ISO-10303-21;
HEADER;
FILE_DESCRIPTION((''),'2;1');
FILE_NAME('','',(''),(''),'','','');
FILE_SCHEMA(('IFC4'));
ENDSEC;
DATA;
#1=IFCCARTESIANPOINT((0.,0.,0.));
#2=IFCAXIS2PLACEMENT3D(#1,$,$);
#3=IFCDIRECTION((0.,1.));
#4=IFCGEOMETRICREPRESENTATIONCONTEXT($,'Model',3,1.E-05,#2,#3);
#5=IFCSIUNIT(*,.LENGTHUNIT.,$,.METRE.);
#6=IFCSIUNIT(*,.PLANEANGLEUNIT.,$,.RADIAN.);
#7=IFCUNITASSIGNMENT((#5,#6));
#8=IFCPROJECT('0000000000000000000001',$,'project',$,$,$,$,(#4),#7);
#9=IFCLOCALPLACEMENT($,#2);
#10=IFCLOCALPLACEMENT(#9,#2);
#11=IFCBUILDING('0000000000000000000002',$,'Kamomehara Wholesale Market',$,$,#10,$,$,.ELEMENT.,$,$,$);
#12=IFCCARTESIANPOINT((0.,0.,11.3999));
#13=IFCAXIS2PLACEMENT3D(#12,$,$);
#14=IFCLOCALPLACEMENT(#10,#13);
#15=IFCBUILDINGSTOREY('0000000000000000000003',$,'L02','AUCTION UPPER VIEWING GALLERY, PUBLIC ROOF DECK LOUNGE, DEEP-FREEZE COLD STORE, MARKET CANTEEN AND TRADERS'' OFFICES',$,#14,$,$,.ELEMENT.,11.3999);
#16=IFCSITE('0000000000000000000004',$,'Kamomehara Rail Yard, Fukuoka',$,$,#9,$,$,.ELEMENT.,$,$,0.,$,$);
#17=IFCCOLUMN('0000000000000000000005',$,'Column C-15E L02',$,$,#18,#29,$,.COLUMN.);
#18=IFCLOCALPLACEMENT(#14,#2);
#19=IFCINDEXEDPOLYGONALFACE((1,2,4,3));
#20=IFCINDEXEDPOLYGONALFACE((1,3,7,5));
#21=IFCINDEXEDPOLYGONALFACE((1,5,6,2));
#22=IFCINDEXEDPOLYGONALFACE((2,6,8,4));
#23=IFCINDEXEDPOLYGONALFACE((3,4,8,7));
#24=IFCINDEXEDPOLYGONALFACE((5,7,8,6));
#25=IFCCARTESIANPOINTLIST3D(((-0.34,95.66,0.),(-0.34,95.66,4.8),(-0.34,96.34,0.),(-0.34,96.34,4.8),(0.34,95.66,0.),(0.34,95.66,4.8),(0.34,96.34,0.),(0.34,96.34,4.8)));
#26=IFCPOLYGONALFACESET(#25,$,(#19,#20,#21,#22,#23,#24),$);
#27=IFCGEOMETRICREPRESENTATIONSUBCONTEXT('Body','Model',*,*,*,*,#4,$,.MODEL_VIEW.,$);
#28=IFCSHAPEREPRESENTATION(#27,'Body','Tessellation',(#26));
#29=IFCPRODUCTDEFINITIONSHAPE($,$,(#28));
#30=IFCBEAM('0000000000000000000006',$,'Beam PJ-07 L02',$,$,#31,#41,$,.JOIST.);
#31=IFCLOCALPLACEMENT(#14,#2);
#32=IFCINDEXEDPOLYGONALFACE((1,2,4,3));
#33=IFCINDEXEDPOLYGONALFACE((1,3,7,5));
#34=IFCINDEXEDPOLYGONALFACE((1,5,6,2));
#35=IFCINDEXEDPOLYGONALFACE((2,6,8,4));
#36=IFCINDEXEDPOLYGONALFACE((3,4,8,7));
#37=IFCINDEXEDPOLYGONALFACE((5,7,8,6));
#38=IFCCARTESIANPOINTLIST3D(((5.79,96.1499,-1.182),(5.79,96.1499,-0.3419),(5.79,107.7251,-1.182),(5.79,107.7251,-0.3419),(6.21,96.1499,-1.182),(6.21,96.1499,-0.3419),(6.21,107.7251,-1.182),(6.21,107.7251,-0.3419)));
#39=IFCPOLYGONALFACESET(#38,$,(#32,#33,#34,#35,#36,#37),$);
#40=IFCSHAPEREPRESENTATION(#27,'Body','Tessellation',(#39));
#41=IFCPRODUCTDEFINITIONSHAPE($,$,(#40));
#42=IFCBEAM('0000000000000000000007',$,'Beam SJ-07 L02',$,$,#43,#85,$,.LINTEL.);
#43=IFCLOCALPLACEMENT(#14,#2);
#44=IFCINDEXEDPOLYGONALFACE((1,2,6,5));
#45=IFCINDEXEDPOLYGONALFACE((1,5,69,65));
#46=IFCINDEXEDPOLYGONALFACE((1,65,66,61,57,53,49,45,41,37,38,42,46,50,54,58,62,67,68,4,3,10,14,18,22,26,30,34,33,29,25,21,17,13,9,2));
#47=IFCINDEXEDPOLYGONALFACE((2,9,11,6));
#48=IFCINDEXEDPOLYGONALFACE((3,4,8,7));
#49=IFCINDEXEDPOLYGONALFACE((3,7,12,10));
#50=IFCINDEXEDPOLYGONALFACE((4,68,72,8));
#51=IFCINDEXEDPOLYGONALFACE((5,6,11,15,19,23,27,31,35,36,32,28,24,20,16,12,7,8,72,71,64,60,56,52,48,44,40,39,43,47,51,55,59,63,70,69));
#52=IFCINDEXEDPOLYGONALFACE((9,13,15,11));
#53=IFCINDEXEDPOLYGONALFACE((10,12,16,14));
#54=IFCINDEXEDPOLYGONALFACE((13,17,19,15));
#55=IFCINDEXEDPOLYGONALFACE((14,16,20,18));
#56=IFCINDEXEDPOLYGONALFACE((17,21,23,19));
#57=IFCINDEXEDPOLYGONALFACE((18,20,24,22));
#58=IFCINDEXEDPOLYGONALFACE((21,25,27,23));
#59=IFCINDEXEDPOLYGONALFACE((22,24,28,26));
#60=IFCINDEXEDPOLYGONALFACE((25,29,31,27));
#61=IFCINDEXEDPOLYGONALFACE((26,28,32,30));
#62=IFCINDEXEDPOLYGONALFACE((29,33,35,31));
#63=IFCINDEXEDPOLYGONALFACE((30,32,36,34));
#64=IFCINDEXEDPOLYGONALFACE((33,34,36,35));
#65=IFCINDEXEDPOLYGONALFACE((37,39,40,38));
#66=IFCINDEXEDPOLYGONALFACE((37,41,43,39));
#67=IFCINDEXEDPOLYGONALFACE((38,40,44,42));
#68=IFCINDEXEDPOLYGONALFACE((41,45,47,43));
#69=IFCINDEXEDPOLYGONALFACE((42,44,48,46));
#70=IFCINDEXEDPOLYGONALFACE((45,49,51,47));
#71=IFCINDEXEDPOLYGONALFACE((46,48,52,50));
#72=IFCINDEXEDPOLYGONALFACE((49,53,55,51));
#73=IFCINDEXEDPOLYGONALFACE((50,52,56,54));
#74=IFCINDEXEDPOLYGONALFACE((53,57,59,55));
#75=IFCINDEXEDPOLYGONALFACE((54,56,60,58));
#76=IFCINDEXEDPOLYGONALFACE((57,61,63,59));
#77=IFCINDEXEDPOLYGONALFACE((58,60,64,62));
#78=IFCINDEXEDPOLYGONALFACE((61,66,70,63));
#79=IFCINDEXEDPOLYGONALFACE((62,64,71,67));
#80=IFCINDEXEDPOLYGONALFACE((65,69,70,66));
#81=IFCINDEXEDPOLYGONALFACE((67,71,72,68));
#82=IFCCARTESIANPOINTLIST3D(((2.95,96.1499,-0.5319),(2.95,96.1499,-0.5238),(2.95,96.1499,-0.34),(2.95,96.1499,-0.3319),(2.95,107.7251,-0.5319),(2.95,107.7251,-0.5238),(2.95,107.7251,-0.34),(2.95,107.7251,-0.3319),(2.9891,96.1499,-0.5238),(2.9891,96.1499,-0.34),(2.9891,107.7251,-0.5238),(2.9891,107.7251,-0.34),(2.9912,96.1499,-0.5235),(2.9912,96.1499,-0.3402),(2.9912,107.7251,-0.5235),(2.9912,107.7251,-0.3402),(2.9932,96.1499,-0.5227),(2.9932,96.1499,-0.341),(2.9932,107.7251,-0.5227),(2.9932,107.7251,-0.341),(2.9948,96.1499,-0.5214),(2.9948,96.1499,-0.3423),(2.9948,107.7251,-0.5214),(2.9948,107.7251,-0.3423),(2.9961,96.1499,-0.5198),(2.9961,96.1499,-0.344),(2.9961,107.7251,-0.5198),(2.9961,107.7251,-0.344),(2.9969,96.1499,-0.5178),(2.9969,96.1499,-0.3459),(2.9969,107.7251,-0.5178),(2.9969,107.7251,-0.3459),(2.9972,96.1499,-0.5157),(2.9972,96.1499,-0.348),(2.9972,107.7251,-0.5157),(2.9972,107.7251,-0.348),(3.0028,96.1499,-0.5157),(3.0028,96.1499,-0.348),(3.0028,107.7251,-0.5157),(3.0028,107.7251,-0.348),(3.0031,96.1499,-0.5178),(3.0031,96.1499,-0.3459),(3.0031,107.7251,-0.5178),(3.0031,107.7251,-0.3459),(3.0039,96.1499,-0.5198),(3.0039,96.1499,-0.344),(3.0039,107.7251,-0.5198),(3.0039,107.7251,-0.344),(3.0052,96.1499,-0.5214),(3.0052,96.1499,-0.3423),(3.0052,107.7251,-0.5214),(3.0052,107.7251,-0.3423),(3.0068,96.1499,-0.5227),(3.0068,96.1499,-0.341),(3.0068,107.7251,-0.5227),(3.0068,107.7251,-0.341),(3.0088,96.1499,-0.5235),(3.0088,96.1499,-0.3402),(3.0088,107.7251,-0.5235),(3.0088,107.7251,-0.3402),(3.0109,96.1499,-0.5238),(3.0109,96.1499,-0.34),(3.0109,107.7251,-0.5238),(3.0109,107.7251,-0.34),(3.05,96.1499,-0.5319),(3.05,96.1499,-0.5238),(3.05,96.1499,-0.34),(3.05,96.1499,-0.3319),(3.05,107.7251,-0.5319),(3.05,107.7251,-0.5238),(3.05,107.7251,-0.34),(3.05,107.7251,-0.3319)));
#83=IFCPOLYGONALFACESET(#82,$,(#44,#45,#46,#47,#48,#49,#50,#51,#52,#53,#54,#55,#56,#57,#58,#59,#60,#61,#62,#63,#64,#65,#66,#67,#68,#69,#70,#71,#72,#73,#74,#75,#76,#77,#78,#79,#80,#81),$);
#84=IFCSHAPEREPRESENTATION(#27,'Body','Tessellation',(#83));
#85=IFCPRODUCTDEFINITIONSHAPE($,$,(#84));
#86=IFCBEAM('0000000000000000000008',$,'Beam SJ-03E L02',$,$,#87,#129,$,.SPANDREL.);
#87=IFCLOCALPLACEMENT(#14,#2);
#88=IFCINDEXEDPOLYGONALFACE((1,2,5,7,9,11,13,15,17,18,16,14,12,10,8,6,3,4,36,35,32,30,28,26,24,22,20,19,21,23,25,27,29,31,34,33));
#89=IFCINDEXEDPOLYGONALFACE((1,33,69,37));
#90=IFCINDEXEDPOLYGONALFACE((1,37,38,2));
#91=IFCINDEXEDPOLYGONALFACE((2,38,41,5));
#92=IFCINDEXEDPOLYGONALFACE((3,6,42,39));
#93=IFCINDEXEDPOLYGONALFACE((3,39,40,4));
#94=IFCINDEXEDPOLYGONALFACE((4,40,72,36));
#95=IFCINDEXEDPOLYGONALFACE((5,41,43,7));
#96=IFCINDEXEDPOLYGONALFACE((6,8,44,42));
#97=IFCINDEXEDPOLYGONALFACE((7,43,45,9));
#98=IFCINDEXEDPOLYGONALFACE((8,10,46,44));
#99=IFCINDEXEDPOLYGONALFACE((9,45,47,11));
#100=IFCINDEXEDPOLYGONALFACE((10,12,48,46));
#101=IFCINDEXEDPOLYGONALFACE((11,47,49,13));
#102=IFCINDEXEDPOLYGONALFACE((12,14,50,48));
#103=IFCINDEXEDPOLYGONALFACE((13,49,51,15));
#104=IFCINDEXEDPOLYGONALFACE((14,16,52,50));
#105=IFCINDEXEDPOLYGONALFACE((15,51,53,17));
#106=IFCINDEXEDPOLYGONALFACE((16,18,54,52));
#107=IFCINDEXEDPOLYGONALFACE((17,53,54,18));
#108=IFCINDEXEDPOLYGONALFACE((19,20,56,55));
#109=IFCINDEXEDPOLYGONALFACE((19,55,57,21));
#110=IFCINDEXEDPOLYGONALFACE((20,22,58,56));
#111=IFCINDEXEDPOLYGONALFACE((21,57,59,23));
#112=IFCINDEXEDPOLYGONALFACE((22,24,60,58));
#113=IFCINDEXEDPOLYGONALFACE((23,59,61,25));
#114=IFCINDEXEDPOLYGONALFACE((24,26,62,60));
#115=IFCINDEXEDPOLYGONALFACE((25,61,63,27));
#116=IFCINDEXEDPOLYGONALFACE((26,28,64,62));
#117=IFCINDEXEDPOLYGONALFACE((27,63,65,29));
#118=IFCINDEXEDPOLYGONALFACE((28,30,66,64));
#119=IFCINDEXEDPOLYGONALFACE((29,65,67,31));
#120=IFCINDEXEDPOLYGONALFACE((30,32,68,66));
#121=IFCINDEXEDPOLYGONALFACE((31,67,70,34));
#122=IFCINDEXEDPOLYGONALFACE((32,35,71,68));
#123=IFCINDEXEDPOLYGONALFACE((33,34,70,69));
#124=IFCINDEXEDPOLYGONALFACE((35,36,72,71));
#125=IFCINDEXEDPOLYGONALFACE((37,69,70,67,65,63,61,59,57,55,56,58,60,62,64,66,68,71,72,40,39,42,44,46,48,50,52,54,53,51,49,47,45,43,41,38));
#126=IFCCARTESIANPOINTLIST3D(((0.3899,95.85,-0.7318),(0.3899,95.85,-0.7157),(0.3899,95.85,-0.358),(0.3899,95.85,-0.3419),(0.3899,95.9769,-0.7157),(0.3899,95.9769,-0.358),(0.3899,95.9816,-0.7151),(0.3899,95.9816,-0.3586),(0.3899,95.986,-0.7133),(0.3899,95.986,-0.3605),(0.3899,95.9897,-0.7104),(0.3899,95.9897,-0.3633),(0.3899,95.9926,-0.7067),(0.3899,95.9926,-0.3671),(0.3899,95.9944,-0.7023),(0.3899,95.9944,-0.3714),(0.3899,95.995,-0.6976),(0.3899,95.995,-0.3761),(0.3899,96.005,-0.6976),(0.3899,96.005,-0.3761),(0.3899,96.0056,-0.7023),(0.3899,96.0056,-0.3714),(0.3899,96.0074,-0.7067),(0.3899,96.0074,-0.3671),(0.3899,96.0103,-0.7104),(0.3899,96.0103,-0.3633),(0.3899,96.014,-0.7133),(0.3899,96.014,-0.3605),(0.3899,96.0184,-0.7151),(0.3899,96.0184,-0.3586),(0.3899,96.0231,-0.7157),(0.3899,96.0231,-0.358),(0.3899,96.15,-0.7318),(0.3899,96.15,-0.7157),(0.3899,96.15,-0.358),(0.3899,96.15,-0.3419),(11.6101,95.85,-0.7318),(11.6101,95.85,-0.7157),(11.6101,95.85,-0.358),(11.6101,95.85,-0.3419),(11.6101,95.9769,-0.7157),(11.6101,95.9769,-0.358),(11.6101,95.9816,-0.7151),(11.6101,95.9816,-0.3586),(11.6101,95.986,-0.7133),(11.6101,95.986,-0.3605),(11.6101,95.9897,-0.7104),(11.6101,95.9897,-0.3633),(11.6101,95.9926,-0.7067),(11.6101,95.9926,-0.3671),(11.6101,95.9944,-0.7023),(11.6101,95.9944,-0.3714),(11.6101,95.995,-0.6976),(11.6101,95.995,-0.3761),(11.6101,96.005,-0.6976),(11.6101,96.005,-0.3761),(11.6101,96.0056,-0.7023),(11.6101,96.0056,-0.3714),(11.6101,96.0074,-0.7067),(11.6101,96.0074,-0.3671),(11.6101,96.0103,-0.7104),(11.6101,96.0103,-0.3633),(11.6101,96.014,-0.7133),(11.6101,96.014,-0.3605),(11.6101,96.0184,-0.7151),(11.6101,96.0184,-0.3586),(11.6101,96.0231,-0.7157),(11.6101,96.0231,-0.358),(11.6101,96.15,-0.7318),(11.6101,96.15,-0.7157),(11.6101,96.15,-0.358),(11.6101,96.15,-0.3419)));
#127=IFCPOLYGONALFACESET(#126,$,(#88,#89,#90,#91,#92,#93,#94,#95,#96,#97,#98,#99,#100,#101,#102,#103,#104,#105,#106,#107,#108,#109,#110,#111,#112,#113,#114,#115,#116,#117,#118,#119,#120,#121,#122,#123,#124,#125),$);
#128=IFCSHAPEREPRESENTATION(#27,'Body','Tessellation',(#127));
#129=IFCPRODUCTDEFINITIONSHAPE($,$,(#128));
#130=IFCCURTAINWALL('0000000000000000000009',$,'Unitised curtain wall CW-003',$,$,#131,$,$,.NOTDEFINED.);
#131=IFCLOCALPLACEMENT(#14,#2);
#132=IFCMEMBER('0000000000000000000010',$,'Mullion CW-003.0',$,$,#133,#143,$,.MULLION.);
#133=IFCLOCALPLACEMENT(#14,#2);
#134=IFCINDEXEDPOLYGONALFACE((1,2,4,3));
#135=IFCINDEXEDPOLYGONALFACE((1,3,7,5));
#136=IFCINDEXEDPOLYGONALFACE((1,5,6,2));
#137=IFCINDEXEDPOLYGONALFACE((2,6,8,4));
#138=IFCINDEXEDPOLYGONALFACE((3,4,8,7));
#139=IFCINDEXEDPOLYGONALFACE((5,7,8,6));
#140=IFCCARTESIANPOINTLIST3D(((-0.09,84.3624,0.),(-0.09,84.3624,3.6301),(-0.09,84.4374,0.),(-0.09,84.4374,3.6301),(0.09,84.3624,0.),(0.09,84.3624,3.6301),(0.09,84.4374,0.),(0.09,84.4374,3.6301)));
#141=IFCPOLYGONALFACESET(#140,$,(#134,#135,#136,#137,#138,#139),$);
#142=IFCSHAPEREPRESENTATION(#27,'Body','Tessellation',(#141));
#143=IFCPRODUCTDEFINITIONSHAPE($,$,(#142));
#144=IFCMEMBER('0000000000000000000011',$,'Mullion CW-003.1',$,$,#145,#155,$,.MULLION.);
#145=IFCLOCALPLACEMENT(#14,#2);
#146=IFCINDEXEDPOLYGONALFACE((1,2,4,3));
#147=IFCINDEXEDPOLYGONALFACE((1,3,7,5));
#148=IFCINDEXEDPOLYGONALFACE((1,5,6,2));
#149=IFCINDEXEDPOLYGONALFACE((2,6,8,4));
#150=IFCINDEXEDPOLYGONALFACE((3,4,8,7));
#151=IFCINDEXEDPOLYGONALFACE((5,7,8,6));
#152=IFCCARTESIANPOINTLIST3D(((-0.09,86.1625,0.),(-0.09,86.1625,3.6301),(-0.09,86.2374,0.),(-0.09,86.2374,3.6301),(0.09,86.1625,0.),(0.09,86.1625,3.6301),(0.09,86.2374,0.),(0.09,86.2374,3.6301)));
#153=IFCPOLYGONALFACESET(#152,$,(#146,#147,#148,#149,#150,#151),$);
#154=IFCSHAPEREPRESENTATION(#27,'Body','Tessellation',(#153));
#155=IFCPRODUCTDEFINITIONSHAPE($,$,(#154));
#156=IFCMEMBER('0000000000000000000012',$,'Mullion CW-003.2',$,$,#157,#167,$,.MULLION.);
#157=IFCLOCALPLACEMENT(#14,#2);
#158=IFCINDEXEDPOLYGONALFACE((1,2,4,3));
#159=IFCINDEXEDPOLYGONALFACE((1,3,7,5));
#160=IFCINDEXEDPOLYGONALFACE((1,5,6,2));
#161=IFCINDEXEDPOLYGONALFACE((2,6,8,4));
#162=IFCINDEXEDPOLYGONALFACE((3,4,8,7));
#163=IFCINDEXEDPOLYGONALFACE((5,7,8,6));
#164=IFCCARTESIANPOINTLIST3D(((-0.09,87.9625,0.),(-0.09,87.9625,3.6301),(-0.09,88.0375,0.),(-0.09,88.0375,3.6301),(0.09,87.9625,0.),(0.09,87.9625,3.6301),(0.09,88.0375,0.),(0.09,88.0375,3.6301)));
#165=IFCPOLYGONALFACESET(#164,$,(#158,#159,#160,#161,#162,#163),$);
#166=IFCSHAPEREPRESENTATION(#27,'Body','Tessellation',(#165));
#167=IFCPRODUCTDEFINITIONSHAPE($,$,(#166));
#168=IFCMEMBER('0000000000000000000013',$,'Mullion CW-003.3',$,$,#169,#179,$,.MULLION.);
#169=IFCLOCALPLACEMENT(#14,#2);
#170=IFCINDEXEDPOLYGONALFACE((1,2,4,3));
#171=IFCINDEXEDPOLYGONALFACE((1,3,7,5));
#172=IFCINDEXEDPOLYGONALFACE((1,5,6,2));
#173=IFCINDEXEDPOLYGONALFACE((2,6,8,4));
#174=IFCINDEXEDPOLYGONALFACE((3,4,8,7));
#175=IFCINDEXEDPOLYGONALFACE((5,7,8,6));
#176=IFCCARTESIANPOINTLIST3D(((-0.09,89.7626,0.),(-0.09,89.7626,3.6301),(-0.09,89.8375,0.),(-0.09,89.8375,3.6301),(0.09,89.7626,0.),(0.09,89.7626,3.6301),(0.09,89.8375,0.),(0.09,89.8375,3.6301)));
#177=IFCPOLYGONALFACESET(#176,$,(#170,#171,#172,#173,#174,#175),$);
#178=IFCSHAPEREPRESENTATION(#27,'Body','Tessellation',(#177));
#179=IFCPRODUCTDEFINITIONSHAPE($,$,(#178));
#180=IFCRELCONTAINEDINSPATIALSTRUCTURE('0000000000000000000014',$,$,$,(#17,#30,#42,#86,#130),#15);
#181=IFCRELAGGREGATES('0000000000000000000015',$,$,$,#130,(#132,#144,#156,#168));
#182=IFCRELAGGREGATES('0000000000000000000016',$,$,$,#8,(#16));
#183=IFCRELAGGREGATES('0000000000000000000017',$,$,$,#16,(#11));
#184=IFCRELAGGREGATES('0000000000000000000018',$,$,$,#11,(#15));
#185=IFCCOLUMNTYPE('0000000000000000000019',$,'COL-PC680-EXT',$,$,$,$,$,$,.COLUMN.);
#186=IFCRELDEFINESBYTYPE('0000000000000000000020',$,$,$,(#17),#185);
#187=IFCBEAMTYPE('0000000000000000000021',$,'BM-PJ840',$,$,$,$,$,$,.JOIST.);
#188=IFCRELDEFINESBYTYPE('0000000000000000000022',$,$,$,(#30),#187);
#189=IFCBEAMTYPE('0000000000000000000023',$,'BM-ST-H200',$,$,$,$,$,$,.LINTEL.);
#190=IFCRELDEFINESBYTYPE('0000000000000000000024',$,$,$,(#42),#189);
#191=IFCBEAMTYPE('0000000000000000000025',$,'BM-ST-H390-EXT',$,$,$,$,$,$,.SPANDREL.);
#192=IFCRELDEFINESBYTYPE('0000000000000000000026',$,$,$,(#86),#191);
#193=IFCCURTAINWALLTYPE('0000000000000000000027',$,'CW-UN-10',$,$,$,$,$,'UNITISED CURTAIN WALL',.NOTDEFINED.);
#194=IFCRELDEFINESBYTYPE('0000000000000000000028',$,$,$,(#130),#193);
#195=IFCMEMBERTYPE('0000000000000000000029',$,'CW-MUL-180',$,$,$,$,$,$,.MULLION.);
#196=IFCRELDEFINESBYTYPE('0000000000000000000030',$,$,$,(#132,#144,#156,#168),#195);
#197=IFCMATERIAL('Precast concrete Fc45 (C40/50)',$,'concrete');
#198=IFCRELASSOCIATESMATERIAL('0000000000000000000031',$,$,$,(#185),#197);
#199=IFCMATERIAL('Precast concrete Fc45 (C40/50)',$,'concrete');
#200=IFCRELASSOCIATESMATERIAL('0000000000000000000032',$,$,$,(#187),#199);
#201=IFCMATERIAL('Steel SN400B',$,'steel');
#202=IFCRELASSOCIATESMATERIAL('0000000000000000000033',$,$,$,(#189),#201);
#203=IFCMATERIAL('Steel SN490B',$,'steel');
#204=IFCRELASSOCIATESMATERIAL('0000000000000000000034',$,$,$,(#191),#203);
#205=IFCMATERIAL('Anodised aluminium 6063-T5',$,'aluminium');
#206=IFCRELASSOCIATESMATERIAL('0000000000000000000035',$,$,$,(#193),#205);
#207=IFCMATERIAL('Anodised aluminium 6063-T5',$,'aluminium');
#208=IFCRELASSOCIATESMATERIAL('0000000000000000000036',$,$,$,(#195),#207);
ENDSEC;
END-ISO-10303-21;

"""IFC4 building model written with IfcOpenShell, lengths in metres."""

from ifc_helpers import new_model, si_unit, direction, frame, origin, origin_2d, place, context, subcontext, project, spatial, rectangle, i_section, extrude, material, material_profile, profile_set, type_object, element, aggregate, save


model = new_model("IFC4")

# Units and contexts
model_context = context("Model", 3, precision=1e-05, world=origin(), true_north=direction((0.0, 1.0)))
body_context = subcontext(model_context, "Body", "Model", "MODEL_VIEW")
ifc_project = project(units=[si_unit("LENGTHUNIT", "METRE"), si_unit("PLANEANGLEUNIT", "RADIAN")], contexts=[model_context])

# Site, building, storey
site_placement = place(None, origin())
site = spatial("IfcSite", under=ifc_project, at=site_placement, Name="Kamomehara Rail Yard, Fukuoka", CompositionType="ELEMENT", RefElevation=0.0)
building_placement = place(site_placement, origin())
building = spatial("IfcBuilding", under=site, at=building_placement, Name="Kamomehara Wholesale Market", CompositionType="ELEMENT")
storey_placement = place(building_placement, frame((0.0, 0.0, 11.3999)))
storey = spatial("IfcBuildingStorey", under=building, at=storey_placement, Name="L02", Description="AUCTION UPPER VIEWING GALLERY, PUBLIC ROOF DECK LOUNGE, DEEP-FREEZE COLD STORE, MARKET CANTEEN AND TRADERS' OFFICES", CompositionType="ELEMENT", Elevation=11.3999)

# Column
ifc_material_1 = material(Name="Precast concrete Fc45 (C40/50)", Category="concrete")
ifc_material_profile_1 = material_profile(ifc_material_1, rectangle(XDim=0.6799, YDim=0.6799, at=origin_2d()), Name="PC-COL-680x680")
ifc_profile_set_1 = profile_set([ifc_material_profile_1], Name="Precast concrete Fc45 (C40/50)")
column_type = type_object("IfcColumnType", Name="COL-PC680-EXT", PredefinedType="COLUMN", material=ifc_profile_set_1)
column_placement = place(storey_placement, frame((0.0, 96.0, 0.0), z_axis=(0.0, 0.0, 1.0), x_axis=(1.0, 0.0, 0.0)))
element("IfcColumn", 1, at=column_placement, inside=storey, type_object=column_type, Name="Column C-15E L02", PredefinedType="COLUMN", context=body_context, shape_type="SweptSolid", body=[
    extrude(rectangle(XDim=0.6799, YDim=0.6799, at=origin_2d()), origin(), (0.0, 0.0, 1.0), 4.8),
])

# Beams
ifc_material_2 = material(Name="Precast concrete Fc45 (C40/50)", Category="concrete")
ifc_material_profile_2 = material_profile(ifc_material_2, rectangle(XDim=0.4199, YDim=0.8401, at=origin_2d()), Name="PC-JST-420x840")
ifc_profile_set_2 = profile_set([ifc_material_profile_2], Name="Precast concrete Fc45 (C40/50)")
beam_type_1 = type_object("IfcBeamType", Name="BM-PJ840", PredefinedType="JOIST", material=ifc_profile_set_2)
beam_1_placement = place(storey_placement, frame((6.0, 96.1499, -0.762), z_axis=(0.0, 1.0, 0.0), x_axis=(-1.0, 0.0, 0.0)))
element("IfcBeam", 2, at=beam_1_placement, inside=storey, type_object=beam_type_1, Name="Beam PJ-07 L02", PredefinedType="JOIST", context=body_context, shape_type="SweptSolid", body=[
    extrude(rectangle(XDim=0.4199, YDim=0.8401, at=origin_2d()), origin(), (0.0, 0.0, 1.0), 11.5752),
])
ifc_material_3 = material(Name="Steel SN400B", Category="steel")
ifc_material_profile_3 = material_profile(ifc_material_3, i_section(OverallWidth=0.1001, OverallDepth=0.2, WebThickness=0.0056, FlangeThickness=0.0081, FilletRadius=0.0081, at=origin_2d()), Name="H-200x100x5.5x8")
ifc_profile_set_3 = profile_set([ifc_material_profile_3], Name="Steel SN400B")
beam_type_2 = type_object("IfcBeamType", Name="BM-ST-H200", PredefinedType="LINTEL", material=ifc_profile_set_3)
beam_2_placement = place(storey_placement, frame((3.0, 96.1499, -0.4319), z_axis=(0.0, 1.0, 0.0), x_axis=(-1.0, 0.0, 0.0)))
element("IfcBeam", 3, at=beam_2_placement, inside=storey, type_object=beam_type_2, Name="Beam SJ-07 L02", PredefinedType="LINTEL", context=body_context, shape_type="SweptSolid", body=[
    extrude(i_section(OverallWidth=0.1001, OverallDepth=0.2, WebThickness=0.0056, FlangeThickness=0.0081, FilletRadius=0.0081, at=origin_2d()), origin(), (0.0, 0.0, 1.0), 11.5752),
])
ifc_material_4 = material(Name="Steel SN490B", Category="steel")
ifc_material_profile_4 = material_profile(ifc_material_4, i_section(OverallWidth=0.3, OverallDepth=0.3899, WebThickness=0.01, FlangeThickness=0.0161, FilletRadius=0.0181, at=origin_2d()), Name="H-390x300x10x16")
ifc_profile_set_4 = profile_set([ifc_material_profile_4], Name="Steel SN490B")
beam_type_3 = type_object("IfcBeamType", Name="BM-ST-H390-EXT", PredefinedType="SPANDREL", material=ifc_profile_set_4)
beam_3_placement = place(storey_placement, frame((0.3899, 96.0, -0.5369), z_axis=(1.0, 0.0, 0.0), x_axis=(0.0, 1.0, 0.0)))
element("IfcBeam", 4, at=beam_3_placement, inside=storey, type_object=beam_type_3, Name="Beam SJ-03E L02", PredefinedType="SPANDREL", context=body_context, shape_type="SweptSolid", body=[
    extrude(i_section(OverallWidth=0.3, OverallDepth=0.3899, WebThickness=0.01, FlangeThickness=0.0161, FilletRadius=0.0181, at=origin_2d()), origin(), (0.0, 0.0, 1.0), 11.2202),
])

# Curtain wall, members
ifc_material_5 = material(Name="Anodised aluminium 6063-T5", Category="aluminium")
curtain_wall_type = type_object("IfcCurtainWallType", Name="CW-UN-10", ElementType="UNITISED CURTAIN WALL", PredefinedType="NOTDEFINED", material=ifc_material_5)
curtain_wall_1_placement = place(storey_placement, origin())
curtain_wall_1 = element("IfcCurtainWall", 5, at=curtain_wall_1_placement, inside=storey, type_object=curtain_wall_type, Name="Unitised curtain wall CW-003", PredefinedType="NOTDEFINED")
ifc_material_6 = material(Name="Anodised aluminium 6063-T5", Category="aluminium")
ifc_material_profile_5 = material_profile(ifc_material_6, rectangle(XDim=0.075, YDim=0.1799, at=origin_2d()), Name="ALU-MUL-75x180")
ifc_profile_set_5 = profile_set([ifc_material_profile_5], Name="Anodised aluminium 6063-T5")
member_type_1 = type_object("IfcMemberType", Name="CW-MUL-180", PredefinedType="MULLION", material=ifc_profile_set_5)
member_1_placement = place(storey_placement, frame((0.0, 84.3999, 0.0), z_axis=(0.0, 0.0, 1.0), x_axis=(0.0, 1.0, 0.0)))
member_1 = element("IfcMember", 6, at=member_1_placement, type_object=member_type_1, Name="Mullion CW-003.0", PredefinedType="MULLION", context=body_context, shape_type="SweptSolid", body=[
    extrude(rectangle(XDim=0.075, YDim=0.1799, at=origin_2d()), origin(), (0.0, 0.0, 1.0), 3.6301),
])
member_2_placement = place(storey_placement, frame((0.0, 86.2, 0.0), z_axis=(0.0, 0.0, 1.0), x_axis=(0.0, 1.0, 0.0)))
member_2 = element("IfcMember", 7, at=member_2_placement, type_object=member_type_1, Name="Mullion CW-003.1", PredefinedType="MULLION", context=body_context, shape_type="SweptSolid", body=[
    extrude(rectangle(XDim=0.075, YDim=0.1799, at=origin_2d()), origin(), (0.0, 0.0, 1.0), 3.6301),
])
member_3_placement = place(storey_placement, frame((0.0, 88.0, 0.0), z_axis=(0.0, 0.0, 1.0), x_axis=(0.0, 1.0, 0.0)))
member_3 = element("IfcMember", 8, at=member_3_placement, type_object=member_type_1, Name="Mullion CW-003.2", PredefinedType="MULLION", context=body_context, shape_type="SweptSolid", body=[
    extrude(rectangle(XDim=0.075, YDim=0.1799, at=origin_2d()), origin(), (0.0, 0.0, 1.0), 3.6301),
])
member_4_placement = place(storey_placement, frame((0.0, 89.8, 0.0), z_axis=(0.0, 0.0, 1.0), x_axis=(0.0, 1.0, 0.0)))
member_4 = element("IfcMember", 9, at=member_4_placement, type_object=member_type_1, Name="Mullion CW-003.3", PredefinedType="MULLION", context=body_context, shape_type="SweptSolid", body=[
    extrude(rectangle(XDim=0.075, YDim=0.1799, at=origin_2d()), origin(), (0.0, 0.0, 1.0), 3.6301),
])

aggregate(curtain_wall_1, [member_1, member_2, member_3, member_4])

save(model, "model.ifc")
